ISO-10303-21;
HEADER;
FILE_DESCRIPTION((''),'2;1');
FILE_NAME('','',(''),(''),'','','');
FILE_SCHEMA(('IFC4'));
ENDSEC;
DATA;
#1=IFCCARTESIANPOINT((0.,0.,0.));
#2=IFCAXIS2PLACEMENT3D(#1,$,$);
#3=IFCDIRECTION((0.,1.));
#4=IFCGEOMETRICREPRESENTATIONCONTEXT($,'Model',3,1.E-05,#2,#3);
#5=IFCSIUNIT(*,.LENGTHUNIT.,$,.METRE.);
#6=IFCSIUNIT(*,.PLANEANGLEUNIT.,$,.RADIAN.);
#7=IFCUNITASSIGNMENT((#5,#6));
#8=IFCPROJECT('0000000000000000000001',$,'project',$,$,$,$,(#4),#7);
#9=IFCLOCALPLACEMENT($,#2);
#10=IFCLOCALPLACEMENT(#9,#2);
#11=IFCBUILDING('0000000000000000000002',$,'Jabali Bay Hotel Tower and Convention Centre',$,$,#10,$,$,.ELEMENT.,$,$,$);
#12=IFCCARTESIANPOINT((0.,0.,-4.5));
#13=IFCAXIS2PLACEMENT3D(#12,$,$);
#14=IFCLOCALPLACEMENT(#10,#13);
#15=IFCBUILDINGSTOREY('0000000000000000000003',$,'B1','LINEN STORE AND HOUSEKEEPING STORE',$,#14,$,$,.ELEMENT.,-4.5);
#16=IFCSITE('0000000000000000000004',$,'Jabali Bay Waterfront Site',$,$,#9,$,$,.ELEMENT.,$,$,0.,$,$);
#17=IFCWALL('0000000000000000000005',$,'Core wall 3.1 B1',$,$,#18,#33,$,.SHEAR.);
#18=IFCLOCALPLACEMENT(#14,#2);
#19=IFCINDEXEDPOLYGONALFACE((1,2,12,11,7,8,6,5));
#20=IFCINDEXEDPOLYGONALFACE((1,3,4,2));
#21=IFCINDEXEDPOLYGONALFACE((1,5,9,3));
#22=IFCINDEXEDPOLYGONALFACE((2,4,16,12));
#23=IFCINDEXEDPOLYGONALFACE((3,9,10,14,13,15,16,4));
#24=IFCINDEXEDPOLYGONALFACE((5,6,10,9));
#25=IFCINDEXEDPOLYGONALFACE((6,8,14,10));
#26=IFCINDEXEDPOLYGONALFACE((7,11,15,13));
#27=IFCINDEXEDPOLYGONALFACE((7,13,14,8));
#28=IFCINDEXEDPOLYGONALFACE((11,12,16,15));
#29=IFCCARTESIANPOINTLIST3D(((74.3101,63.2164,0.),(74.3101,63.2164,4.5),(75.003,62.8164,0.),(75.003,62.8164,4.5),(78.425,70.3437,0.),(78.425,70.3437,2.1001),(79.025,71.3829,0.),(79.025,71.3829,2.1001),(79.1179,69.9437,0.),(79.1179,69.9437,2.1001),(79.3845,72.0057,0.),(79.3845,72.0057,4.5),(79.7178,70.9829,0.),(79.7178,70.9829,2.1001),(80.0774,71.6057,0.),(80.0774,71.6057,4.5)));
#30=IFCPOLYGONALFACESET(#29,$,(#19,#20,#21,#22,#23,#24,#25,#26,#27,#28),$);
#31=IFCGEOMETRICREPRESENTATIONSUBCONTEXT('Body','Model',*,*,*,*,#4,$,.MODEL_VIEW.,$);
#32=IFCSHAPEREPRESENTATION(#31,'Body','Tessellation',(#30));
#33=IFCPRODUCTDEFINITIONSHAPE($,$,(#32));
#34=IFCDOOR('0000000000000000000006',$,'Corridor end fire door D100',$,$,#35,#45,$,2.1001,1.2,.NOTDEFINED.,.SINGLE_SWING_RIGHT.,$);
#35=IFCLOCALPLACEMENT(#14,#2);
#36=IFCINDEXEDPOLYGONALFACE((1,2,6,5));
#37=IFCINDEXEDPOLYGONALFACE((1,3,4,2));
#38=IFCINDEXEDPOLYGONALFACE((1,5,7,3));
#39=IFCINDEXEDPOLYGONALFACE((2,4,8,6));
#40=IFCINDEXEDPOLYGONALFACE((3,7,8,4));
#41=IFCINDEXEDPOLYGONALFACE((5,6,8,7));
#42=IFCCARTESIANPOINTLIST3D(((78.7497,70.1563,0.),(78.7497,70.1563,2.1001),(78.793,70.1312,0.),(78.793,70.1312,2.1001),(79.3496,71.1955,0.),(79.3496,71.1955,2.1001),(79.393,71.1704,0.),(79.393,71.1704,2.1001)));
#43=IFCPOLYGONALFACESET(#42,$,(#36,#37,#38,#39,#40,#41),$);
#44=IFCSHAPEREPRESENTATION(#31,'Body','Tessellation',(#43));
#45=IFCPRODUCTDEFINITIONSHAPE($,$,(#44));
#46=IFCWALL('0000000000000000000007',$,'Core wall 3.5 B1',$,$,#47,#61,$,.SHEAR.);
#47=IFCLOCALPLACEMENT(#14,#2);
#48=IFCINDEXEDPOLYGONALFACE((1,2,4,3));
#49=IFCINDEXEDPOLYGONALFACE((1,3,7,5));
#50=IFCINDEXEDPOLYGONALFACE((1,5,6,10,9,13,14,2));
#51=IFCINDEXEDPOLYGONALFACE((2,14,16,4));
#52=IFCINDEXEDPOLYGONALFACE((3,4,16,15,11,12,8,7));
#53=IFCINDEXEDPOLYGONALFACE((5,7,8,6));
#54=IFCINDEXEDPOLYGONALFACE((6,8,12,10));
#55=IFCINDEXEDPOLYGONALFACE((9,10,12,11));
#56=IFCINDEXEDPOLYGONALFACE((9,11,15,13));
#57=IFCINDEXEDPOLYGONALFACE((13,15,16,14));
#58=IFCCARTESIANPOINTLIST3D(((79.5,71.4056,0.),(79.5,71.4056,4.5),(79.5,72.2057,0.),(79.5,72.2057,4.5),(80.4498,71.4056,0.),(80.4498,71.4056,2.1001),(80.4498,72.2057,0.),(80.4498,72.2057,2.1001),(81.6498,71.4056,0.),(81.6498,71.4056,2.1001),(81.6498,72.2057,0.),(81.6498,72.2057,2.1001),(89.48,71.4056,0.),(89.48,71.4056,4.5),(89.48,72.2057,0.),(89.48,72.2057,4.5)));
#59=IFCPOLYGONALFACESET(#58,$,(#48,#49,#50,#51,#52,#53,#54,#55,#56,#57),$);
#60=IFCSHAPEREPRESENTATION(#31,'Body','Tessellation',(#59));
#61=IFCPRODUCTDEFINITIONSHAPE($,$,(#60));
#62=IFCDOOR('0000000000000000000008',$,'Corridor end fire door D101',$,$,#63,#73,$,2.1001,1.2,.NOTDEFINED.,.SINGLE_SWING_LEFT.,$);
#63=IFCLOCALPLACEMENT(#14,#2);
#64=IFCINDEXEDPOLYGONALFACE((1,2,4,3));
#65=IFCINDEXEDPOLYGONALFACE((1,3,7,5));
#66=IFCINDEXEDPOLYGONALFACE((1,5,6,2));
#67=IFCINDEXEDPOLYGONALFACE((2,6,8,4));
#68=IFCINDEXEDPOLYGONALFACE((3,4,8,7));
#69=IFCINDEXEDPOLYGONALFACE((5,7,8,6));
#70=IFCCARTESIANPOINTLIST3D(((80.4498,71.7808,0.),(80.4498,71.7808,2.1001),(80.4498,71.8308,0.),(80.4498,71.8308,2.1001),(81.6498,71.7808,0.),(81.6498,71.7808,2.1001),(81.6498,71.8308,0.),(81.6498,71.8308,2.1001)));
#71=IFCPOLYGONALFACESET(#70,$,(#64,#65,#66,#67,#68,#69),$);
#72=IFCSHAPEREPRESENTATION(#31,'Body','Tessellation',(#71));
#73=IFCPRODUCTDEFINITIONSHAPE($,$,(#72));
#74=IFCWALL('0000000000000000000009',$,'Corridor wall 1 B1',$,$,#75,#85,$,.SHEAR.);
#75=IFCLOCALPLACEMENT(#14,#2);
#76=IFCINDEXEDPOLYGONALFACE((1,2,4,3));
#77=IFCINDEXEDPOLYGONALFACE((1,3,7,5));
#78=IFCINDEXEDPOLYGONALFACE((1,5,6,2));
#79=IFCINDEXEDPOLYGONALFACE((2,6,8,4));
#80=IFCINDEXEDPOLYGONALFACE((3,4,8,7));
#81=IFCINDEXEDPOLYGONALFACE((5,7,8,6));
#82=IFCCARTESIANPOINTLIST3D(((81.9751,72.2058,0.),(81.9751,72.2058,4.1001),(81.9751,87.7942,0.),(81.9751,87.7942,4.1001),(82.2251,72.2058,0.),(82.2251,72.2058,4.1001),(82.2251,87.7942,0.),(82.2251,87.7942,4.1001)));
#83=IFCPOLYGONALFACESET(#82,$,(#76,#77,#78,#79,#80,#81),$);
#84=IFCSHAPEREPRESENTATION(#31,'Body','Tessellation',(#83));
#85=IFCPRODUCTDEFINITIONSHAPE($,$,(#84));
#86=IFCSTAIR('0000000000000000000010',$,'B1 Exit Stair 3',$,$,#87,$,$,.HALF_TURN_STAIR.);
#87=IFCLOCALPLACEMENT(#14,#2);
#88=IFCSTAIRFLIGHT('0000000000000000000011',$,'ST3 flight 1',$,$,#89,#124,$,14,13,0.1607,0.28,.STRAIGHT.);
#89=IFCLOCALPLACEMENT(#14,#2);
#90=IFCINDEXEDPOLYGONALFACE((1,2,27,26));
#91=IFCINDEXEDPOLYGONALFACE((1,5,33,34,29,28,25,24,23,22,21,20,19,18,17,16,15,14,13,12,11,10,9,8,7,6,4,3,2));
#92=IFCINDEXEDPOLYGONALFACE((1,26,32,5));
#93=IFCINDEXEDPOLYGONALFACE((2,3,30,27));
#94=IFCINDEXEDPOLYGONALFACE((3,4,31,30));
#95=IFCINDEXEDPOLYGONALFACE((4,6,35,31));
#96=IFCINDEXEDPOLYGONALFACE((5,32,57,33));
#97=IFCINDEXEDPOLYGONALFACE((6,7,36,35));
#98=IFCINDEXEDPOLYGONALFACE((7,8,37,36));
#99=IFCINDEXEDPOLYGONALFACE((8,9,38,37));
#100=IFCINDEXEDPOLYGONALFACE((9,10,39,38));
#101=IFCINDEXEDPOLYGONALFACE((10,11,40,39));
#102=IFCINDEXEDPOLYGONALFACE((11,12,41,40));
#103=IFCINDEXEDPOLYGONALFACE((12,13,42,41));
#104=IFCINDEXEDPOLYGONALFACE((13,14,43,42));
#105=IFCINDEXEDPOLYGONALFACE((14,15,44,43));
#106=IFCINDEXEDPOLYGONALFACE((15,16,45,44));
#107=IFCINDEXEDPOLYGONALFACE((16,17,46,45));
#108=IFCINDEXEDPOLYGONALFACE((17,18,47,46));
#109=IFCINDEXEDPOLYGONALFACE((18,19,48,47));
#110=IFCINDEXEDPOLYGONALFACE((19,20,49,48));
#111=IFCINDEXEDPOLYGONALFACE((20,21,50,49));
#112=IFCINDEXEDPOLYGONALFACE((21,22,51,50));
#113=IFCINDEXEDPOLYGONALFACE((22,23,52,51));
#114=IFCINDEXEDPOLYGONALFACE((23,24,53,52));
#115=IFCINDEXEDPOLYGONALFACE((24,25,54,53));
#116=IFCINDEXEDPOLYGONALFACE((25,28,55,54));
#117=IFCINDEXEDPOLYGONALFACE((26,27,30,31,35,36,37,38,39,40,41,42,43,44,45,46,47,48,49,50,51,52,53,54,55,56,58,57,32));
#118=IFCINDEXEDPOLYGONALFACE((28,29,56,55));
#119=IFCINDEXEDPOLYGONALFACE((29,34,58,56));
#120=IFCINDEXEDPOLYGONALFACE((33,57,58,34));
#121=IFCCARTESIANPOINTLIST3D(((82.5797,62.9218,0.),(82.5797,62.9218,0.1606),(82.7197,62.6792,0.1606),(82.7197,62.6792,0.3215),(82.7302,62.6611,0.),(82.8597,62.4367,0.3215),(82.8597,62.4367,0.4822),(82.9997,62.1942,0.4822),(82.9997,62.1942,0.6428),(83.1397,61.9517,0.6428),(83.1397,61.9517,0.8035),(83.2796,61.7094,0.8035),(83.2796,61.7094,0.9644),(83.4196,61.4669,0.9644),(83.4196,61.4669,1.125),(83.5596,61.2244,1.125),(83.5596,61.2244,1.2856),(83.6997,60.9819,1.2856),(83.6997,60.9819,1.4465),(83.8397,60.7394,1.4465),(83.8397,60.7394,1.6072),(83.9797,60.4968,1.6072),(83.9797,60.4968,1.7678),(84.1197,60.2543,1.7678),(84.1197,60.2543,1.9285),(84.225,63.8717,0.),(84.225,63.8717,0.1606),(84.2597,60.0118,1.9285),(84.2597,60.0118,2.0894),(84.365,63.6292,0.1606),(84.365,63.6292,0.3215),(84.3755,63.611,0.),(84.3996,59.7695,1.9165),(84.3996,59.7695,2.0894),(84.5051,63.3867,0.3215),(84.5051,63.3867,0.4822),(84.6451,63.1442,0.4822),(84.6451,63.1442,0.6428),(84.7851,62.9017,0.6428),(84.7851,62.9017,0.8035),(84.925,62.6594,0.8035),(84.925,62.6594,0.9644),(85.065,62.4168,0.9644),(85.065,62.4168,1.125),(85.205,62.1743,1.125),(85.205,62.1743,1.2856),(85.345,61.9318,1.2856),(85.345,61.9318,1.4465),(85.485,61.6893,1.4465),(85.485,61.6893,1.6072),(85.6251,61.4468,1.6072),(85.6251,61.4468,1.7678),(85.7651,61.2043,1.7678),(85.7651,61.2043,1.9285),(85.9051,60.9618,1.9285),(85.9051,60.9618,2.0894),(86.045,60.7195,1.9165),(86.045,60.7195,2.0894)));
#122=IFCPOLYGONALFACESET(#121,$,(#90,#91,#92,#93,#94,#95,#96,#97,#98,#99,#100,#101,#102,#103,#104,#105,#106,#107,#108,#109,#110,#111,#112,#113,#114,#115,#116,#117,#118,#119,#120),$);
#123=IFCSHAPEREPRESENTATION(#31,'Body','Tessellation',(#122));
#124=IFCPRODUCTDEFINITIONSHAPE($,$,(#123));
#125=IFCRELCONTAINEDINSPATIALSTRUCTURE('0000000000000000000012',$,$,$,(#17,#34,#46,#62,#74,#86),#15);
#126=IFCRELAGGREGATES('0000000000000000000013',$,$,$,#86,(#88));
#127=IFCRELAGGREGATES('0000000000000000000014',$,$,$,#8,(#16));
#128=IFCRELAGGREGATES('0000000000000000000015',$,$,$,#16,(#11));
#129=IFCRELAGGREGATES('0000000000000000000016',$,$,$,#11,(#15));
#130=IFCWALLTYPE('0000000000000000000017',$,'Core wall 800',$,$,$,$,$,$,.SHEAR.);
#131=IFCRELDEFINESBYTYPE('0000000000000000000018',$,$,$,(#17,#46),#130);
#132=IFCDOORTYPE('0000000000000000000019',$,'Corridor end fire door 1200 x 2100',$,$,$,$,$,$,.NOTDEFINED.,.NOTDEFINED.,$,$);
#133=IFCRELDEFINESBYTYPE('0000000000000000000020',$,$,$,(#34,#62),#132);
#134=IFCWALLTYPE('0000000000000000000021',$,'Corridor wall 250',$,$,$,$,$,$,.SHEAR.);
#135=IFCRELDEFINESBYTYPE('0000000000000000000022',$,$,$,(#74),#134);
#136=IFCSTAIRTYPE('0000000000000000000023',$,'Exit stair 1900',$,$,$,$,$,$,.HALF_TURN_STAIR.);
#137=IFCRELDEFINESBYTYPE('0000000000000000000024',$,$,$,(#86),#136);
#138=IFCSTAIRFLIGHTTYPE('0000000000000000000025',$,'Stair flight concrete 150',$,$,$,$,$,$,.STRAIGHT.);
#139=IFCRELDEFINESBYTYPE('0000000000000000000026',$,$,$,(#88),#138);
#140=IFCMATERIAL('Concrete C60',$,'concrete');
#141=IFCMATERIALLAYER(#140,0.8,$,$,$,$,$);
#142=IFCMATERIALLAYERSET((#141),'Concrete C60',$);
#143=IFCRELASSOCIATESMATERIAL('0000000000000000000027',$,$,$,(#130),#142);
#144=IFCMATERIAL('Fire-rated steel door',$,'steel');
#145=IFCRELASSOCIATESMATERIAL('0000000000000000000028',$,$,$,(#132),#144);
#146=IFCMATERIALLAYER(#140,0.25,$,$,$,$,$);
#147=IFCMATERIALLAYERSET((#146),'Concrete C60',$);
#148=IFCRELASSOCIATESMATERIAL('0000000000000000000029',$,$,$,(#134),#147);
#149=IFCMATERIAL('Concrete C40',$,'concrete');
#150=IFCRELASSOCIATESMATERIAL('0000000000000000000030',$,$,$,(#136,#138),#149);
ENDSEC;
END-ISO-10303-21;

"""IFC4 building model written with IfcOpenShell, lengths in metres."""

from ifc_helpers import new_model, si_unit, direction, frame, frame_2d, origin, place, context, subcontext, project, spatial, polyline, rectangle, outline, extrude, material, layer, layer_set, type_object, element, fill, aggregate, save


model = new_model("IFC4")

# Units and contexts
model_context = context("Model", 3, precision=1e-05, world=origin(), true_north=direction((0.0, 1.0)))
body_context = subcontext(model_context, "Body", "Model", "MODEL_VIEW")
ifc_project = project(units=[si_unit("LENGTHUNIT", "METRE"), si_unit("PLANEANGLEUNIT", "RADIAN")], contexts=[model_context])

# Site, building, storey
site_placement = place(None, origin())
site = spatial("IfcSite", under=ifc_project, at=site_placement, Name="Jabali Bay Waterfront Site", CompositionType="ELEMENT", RefElevation=0.0)
building_placement = place(site_placement, origin())
building = spatial("IfcBuilding", under=site, at=building_placement, Name="Jabali Bay Hotel Tower and Convention Centre", CompositionType="ELEMENT")
storey_placement = place(building_placement, frame((0.0, 0.0, -4.5)))
storey = spatial("IfcBuildingStorey", under=building, at=storey_placement, Name="B1", Description="LINEN STORE AND HOUSEKEEPING STORE", CompositionType="ELEMENT", Elevation=-4.5)

# Shared definitions
ifc_material_1 = material(Name="Concrete C60", Category="concrete")

# Shared definitions
ifc_material_2 = material(Name="Concrete C40", Category="concrete")
ifc_material_3 = material(Name="Fire-rated steel door", Category="steel")

# Walls, openings, doors
ifc_layer_1 = layer(ifc_material_1, 0.8)
ifc_layer_set_1 = layer_set([ifc_layer_1], Name="Concrete C60")
wall_type_1 = type_object("IfcWallType", Name="Core wall 800", PredefinedType="SHEAR", material=ifc_layer_set_1)
wall_1_placement = place(storey_placement, frame((79.731, 71.8057, 0.0), z_axis=(0.0, 0.0, 1.0), x_axis=(-0.499997, -0.866027, 0.0)))
wall_1 = element("IfcWall", 1, at=wall_1_placement, inside=storey, type_object=wall_type_1, Name="Core wall 3.1 B1", PredefinedType="SHEAR", context=body_context, shape_type="SweptSolid", body=[
    extrude(rectangle(XDim=10.1489, YDim=0.8, at=frame_2d((5.0745, 0.0))), origin(), (0.0, 0.0, 1.0), 4.5),
])
opening_1_placement = place(wall_1_placement, frame((0.719, 0.0, 0.0)))
opening_1 = element("IfcOpeningElement", 2, at=opening_1_placement, cuts=wall_1, PredefinedType="OPENING", context=body_context, shape_type="SweptSolid", body=[
    extrude(rectangle(XDim=1.2, YDim=2.1001, at=frame_2d((0.6001, 1.05))), frame((0.0, 0.4106, 0.0), z_axis=(0.0, -1.0, 0.0), x_axis=(1.0, 0.0, 0.0)), (0.0, 0.0, 1.0), 0.821),
])
door_type_1 = type_object("IfcDoorType", Name="Corridor end fire door 1200 x 2100", OperationType="NOTDEFINED", PredefinedType="NOTDEFINED", material=ifc_material_3)
door_1_placement = place(opening_1_placement, origin())
door_1 = element("IfcDoor", 3, at=door_1_placement, inside=storey, type_object=door_type_1, Name="Corridor end fire door D100", OperationType="SINGLE_SWING_RIGHT", OverallHeight=2.1001, OverallWidth=1.2, PredefinedType="NOTDEFINED", context=body_context, shape_type="SweptSolid", body=[
    extrude(rectangle(XDim=1.2, YDim=2.1001, at=frame_2d((0.6001, 1.05))), frame((0.0, 0.0249, 0.0), z_axis=(0.0, -1.0, 0.0), x_axis=(1.0, 0.0, 0.0)), (0.0, 0.0, 1.0), 0.05),
])
fill(opening_1, door_1)
wall_2_placement = place(storey_placement, frame((89.48, 71.8057, 0.0), z_axis=(0.0, 0.0, 1.0), x_axis=(-1.0, 0.0, 0.0)))
wall_2 = element("IfcWall", 4, at=wall_2_placement, inside=storey, type_object=wall_type_1, Name="Core wall 3.5 B1", PredefinedType="SHEAR", context=body_context, shape_type="SweptSolid", body=[
    extrude(rectangle(XDim=9.98, YDim=0.8, at=frame_2d((4.99, 0.0))), origin(), (0.0, 0.0, 1.0), 4.5),
])
opening_2_placement = place(wall_2_placement, frame((7.8301, 0.0, 0.0)))
opening_2 = element("IfcOpeningElement", 5, at=opening_2_placement, cuts=wall_2, PredefinedType="OPENING", context=body_context, shape_type="SweptSolid", body=[
    extrude(rectangle(XDim=1.2, YDim=2.1001, at=frame_2d((0.6001, 1.05))), frame((0.0, 0.4106, 0.0), z_axis=(0.0, -1.0, 0.0), x_axis=(1.0, 0.0, 0.0)), (0.0, 0.0, 1.0), 0.821),
])
door_2_placement = place(opening_2_placement, origin())
door_2 = element("IfcDoor", 6, at=door_2_placement, inside=storey, type_object=door_type_1, Name="Corridor end fire door D101", OperationType="SINGLE_SWING_LEFT", OverallHeight=2.1001, OverallWidth=1.2, PredefinedType="NOTDEFINED", context=body_context, shape_type="SweptSolid", body=[
    extrude(rectangle(XDim=1.2, YDim=2.1001, at=frame_2d((0.6001, 1.05))), frame((0.0, 0.0249, 0.0), z_axis=(0.0, -1.0, 0.0), x_axis=(1.0, 0.0, 0.0)), (0.0, 0.0, 1.0), 0.05),
])
fill(opening_2, door_2)

# Wall
ifc_layer_2 = layer(ifc_material_1, 0.25)
ifc_layer_set_2 = layer_set([ifc_layer_2], Name="Concrete C60")
wall_type_2 = type_object("IfcWallType", Name="Corridor wall 250", PredefinedType="SHEAR", material=ifc_layer_set_2)
wall_3_placement = place(storey_placement, frame((82.1001, 72.2058, 0.0), z_axis=(0.0, 0.0, 1.0), x_axis=(0.0, 1.0, 0.0)))
element("IfcWall", 7, at=wall_3_placement, inside=storey, type_object=wall_type_2, Name="Corridor wall 1 B1", PredefinedType="SHEAR", context=body_context, shape_type="SweptSolid", body=[
    extrude(rectangle(XDim=15.5884, YDim=0.25, at=frame_2d((7.7942, 0.0))), origin(), (0.0, 0.0, 1.0), 4.1001),
])

# Stair, stair flight
stair_type = type_object("IfcStairType", Name="Exit stair 1900", PredefinedType="HALF_TURN_STAIR", material=ifc_material_2)
stair_placement = place(storey_placement, origin())
stair = element("IfcStair", 8, at=stair_placement, inside=storey, type_object=stair_type, Name="B1 Exit Stair 3", PredefinedType="HALF_TURN_STAIR")
stair_flight_type = type_object("IfcStairFlightType", Name="Stair flight concrete 150", PredefinedType="STRAIGHT", material=ifc_material_2)
stair_flight_placement = place(storey_placement, frame((83.4023, 63.3967, 0.0), z_axis=(0.0, 0.0, 1.0), x_axis=(0.5, -0.866025, 0.0)))
stair_flight = element("IfcStairFlight", 9, at=stair_flight_placement, type_object=stair_flight_type, Name="ST3 flight 1", NumberOfRisers=14, NumberOfTreads=13, PredefinedType="STRAIGHT", RiserHeight=0.1607, TreadLength=0.28, context=body_context, shape_type="SweptSolid", body=[
    extrude(outline(polyline([(0.0, 0.0), (0.0, 0.1606), (0.28, 0.1606), (0.28, 0.3215), (0.5601, 0.3215), (0.5601, 0.4822), (0.8401, 0.4822), (0.8401, 0.6428), (1.1201, 0.6428), (1.1201, 0.8035), (1.3999, 0.8035), (1.3999, 0.9644), (1.6799, 0.9644), (1.6799, 1.125), (1.96, 1.125), (1.96, 1.2856), (2.24, 1.2856), (2.24, 1.4465), (2.52, 1.4465), (2.52, 1.6072), (2.8, 1.6072), (2.8, 1.7678), (3.0801, 1.7678), (3.0801, 1.9285), (3.3601, 1.9285), (3.3601, 2.0894), (3.6399, 2.0894), (3.6399, 2.25), (3.6399, 1.9165), (0.301, 0.0), (0.0, 0.0)])), frame((0.0, 0.95, 0.0), z_axis=(0.0, -1.0, 0.0), x_axis=(1.0, 0.0, 0.0)), (0.0, 0.0, 1.0), 1.8999),
])
aggregate(stair, [stair_flight])

save(model, "model.ifc")
